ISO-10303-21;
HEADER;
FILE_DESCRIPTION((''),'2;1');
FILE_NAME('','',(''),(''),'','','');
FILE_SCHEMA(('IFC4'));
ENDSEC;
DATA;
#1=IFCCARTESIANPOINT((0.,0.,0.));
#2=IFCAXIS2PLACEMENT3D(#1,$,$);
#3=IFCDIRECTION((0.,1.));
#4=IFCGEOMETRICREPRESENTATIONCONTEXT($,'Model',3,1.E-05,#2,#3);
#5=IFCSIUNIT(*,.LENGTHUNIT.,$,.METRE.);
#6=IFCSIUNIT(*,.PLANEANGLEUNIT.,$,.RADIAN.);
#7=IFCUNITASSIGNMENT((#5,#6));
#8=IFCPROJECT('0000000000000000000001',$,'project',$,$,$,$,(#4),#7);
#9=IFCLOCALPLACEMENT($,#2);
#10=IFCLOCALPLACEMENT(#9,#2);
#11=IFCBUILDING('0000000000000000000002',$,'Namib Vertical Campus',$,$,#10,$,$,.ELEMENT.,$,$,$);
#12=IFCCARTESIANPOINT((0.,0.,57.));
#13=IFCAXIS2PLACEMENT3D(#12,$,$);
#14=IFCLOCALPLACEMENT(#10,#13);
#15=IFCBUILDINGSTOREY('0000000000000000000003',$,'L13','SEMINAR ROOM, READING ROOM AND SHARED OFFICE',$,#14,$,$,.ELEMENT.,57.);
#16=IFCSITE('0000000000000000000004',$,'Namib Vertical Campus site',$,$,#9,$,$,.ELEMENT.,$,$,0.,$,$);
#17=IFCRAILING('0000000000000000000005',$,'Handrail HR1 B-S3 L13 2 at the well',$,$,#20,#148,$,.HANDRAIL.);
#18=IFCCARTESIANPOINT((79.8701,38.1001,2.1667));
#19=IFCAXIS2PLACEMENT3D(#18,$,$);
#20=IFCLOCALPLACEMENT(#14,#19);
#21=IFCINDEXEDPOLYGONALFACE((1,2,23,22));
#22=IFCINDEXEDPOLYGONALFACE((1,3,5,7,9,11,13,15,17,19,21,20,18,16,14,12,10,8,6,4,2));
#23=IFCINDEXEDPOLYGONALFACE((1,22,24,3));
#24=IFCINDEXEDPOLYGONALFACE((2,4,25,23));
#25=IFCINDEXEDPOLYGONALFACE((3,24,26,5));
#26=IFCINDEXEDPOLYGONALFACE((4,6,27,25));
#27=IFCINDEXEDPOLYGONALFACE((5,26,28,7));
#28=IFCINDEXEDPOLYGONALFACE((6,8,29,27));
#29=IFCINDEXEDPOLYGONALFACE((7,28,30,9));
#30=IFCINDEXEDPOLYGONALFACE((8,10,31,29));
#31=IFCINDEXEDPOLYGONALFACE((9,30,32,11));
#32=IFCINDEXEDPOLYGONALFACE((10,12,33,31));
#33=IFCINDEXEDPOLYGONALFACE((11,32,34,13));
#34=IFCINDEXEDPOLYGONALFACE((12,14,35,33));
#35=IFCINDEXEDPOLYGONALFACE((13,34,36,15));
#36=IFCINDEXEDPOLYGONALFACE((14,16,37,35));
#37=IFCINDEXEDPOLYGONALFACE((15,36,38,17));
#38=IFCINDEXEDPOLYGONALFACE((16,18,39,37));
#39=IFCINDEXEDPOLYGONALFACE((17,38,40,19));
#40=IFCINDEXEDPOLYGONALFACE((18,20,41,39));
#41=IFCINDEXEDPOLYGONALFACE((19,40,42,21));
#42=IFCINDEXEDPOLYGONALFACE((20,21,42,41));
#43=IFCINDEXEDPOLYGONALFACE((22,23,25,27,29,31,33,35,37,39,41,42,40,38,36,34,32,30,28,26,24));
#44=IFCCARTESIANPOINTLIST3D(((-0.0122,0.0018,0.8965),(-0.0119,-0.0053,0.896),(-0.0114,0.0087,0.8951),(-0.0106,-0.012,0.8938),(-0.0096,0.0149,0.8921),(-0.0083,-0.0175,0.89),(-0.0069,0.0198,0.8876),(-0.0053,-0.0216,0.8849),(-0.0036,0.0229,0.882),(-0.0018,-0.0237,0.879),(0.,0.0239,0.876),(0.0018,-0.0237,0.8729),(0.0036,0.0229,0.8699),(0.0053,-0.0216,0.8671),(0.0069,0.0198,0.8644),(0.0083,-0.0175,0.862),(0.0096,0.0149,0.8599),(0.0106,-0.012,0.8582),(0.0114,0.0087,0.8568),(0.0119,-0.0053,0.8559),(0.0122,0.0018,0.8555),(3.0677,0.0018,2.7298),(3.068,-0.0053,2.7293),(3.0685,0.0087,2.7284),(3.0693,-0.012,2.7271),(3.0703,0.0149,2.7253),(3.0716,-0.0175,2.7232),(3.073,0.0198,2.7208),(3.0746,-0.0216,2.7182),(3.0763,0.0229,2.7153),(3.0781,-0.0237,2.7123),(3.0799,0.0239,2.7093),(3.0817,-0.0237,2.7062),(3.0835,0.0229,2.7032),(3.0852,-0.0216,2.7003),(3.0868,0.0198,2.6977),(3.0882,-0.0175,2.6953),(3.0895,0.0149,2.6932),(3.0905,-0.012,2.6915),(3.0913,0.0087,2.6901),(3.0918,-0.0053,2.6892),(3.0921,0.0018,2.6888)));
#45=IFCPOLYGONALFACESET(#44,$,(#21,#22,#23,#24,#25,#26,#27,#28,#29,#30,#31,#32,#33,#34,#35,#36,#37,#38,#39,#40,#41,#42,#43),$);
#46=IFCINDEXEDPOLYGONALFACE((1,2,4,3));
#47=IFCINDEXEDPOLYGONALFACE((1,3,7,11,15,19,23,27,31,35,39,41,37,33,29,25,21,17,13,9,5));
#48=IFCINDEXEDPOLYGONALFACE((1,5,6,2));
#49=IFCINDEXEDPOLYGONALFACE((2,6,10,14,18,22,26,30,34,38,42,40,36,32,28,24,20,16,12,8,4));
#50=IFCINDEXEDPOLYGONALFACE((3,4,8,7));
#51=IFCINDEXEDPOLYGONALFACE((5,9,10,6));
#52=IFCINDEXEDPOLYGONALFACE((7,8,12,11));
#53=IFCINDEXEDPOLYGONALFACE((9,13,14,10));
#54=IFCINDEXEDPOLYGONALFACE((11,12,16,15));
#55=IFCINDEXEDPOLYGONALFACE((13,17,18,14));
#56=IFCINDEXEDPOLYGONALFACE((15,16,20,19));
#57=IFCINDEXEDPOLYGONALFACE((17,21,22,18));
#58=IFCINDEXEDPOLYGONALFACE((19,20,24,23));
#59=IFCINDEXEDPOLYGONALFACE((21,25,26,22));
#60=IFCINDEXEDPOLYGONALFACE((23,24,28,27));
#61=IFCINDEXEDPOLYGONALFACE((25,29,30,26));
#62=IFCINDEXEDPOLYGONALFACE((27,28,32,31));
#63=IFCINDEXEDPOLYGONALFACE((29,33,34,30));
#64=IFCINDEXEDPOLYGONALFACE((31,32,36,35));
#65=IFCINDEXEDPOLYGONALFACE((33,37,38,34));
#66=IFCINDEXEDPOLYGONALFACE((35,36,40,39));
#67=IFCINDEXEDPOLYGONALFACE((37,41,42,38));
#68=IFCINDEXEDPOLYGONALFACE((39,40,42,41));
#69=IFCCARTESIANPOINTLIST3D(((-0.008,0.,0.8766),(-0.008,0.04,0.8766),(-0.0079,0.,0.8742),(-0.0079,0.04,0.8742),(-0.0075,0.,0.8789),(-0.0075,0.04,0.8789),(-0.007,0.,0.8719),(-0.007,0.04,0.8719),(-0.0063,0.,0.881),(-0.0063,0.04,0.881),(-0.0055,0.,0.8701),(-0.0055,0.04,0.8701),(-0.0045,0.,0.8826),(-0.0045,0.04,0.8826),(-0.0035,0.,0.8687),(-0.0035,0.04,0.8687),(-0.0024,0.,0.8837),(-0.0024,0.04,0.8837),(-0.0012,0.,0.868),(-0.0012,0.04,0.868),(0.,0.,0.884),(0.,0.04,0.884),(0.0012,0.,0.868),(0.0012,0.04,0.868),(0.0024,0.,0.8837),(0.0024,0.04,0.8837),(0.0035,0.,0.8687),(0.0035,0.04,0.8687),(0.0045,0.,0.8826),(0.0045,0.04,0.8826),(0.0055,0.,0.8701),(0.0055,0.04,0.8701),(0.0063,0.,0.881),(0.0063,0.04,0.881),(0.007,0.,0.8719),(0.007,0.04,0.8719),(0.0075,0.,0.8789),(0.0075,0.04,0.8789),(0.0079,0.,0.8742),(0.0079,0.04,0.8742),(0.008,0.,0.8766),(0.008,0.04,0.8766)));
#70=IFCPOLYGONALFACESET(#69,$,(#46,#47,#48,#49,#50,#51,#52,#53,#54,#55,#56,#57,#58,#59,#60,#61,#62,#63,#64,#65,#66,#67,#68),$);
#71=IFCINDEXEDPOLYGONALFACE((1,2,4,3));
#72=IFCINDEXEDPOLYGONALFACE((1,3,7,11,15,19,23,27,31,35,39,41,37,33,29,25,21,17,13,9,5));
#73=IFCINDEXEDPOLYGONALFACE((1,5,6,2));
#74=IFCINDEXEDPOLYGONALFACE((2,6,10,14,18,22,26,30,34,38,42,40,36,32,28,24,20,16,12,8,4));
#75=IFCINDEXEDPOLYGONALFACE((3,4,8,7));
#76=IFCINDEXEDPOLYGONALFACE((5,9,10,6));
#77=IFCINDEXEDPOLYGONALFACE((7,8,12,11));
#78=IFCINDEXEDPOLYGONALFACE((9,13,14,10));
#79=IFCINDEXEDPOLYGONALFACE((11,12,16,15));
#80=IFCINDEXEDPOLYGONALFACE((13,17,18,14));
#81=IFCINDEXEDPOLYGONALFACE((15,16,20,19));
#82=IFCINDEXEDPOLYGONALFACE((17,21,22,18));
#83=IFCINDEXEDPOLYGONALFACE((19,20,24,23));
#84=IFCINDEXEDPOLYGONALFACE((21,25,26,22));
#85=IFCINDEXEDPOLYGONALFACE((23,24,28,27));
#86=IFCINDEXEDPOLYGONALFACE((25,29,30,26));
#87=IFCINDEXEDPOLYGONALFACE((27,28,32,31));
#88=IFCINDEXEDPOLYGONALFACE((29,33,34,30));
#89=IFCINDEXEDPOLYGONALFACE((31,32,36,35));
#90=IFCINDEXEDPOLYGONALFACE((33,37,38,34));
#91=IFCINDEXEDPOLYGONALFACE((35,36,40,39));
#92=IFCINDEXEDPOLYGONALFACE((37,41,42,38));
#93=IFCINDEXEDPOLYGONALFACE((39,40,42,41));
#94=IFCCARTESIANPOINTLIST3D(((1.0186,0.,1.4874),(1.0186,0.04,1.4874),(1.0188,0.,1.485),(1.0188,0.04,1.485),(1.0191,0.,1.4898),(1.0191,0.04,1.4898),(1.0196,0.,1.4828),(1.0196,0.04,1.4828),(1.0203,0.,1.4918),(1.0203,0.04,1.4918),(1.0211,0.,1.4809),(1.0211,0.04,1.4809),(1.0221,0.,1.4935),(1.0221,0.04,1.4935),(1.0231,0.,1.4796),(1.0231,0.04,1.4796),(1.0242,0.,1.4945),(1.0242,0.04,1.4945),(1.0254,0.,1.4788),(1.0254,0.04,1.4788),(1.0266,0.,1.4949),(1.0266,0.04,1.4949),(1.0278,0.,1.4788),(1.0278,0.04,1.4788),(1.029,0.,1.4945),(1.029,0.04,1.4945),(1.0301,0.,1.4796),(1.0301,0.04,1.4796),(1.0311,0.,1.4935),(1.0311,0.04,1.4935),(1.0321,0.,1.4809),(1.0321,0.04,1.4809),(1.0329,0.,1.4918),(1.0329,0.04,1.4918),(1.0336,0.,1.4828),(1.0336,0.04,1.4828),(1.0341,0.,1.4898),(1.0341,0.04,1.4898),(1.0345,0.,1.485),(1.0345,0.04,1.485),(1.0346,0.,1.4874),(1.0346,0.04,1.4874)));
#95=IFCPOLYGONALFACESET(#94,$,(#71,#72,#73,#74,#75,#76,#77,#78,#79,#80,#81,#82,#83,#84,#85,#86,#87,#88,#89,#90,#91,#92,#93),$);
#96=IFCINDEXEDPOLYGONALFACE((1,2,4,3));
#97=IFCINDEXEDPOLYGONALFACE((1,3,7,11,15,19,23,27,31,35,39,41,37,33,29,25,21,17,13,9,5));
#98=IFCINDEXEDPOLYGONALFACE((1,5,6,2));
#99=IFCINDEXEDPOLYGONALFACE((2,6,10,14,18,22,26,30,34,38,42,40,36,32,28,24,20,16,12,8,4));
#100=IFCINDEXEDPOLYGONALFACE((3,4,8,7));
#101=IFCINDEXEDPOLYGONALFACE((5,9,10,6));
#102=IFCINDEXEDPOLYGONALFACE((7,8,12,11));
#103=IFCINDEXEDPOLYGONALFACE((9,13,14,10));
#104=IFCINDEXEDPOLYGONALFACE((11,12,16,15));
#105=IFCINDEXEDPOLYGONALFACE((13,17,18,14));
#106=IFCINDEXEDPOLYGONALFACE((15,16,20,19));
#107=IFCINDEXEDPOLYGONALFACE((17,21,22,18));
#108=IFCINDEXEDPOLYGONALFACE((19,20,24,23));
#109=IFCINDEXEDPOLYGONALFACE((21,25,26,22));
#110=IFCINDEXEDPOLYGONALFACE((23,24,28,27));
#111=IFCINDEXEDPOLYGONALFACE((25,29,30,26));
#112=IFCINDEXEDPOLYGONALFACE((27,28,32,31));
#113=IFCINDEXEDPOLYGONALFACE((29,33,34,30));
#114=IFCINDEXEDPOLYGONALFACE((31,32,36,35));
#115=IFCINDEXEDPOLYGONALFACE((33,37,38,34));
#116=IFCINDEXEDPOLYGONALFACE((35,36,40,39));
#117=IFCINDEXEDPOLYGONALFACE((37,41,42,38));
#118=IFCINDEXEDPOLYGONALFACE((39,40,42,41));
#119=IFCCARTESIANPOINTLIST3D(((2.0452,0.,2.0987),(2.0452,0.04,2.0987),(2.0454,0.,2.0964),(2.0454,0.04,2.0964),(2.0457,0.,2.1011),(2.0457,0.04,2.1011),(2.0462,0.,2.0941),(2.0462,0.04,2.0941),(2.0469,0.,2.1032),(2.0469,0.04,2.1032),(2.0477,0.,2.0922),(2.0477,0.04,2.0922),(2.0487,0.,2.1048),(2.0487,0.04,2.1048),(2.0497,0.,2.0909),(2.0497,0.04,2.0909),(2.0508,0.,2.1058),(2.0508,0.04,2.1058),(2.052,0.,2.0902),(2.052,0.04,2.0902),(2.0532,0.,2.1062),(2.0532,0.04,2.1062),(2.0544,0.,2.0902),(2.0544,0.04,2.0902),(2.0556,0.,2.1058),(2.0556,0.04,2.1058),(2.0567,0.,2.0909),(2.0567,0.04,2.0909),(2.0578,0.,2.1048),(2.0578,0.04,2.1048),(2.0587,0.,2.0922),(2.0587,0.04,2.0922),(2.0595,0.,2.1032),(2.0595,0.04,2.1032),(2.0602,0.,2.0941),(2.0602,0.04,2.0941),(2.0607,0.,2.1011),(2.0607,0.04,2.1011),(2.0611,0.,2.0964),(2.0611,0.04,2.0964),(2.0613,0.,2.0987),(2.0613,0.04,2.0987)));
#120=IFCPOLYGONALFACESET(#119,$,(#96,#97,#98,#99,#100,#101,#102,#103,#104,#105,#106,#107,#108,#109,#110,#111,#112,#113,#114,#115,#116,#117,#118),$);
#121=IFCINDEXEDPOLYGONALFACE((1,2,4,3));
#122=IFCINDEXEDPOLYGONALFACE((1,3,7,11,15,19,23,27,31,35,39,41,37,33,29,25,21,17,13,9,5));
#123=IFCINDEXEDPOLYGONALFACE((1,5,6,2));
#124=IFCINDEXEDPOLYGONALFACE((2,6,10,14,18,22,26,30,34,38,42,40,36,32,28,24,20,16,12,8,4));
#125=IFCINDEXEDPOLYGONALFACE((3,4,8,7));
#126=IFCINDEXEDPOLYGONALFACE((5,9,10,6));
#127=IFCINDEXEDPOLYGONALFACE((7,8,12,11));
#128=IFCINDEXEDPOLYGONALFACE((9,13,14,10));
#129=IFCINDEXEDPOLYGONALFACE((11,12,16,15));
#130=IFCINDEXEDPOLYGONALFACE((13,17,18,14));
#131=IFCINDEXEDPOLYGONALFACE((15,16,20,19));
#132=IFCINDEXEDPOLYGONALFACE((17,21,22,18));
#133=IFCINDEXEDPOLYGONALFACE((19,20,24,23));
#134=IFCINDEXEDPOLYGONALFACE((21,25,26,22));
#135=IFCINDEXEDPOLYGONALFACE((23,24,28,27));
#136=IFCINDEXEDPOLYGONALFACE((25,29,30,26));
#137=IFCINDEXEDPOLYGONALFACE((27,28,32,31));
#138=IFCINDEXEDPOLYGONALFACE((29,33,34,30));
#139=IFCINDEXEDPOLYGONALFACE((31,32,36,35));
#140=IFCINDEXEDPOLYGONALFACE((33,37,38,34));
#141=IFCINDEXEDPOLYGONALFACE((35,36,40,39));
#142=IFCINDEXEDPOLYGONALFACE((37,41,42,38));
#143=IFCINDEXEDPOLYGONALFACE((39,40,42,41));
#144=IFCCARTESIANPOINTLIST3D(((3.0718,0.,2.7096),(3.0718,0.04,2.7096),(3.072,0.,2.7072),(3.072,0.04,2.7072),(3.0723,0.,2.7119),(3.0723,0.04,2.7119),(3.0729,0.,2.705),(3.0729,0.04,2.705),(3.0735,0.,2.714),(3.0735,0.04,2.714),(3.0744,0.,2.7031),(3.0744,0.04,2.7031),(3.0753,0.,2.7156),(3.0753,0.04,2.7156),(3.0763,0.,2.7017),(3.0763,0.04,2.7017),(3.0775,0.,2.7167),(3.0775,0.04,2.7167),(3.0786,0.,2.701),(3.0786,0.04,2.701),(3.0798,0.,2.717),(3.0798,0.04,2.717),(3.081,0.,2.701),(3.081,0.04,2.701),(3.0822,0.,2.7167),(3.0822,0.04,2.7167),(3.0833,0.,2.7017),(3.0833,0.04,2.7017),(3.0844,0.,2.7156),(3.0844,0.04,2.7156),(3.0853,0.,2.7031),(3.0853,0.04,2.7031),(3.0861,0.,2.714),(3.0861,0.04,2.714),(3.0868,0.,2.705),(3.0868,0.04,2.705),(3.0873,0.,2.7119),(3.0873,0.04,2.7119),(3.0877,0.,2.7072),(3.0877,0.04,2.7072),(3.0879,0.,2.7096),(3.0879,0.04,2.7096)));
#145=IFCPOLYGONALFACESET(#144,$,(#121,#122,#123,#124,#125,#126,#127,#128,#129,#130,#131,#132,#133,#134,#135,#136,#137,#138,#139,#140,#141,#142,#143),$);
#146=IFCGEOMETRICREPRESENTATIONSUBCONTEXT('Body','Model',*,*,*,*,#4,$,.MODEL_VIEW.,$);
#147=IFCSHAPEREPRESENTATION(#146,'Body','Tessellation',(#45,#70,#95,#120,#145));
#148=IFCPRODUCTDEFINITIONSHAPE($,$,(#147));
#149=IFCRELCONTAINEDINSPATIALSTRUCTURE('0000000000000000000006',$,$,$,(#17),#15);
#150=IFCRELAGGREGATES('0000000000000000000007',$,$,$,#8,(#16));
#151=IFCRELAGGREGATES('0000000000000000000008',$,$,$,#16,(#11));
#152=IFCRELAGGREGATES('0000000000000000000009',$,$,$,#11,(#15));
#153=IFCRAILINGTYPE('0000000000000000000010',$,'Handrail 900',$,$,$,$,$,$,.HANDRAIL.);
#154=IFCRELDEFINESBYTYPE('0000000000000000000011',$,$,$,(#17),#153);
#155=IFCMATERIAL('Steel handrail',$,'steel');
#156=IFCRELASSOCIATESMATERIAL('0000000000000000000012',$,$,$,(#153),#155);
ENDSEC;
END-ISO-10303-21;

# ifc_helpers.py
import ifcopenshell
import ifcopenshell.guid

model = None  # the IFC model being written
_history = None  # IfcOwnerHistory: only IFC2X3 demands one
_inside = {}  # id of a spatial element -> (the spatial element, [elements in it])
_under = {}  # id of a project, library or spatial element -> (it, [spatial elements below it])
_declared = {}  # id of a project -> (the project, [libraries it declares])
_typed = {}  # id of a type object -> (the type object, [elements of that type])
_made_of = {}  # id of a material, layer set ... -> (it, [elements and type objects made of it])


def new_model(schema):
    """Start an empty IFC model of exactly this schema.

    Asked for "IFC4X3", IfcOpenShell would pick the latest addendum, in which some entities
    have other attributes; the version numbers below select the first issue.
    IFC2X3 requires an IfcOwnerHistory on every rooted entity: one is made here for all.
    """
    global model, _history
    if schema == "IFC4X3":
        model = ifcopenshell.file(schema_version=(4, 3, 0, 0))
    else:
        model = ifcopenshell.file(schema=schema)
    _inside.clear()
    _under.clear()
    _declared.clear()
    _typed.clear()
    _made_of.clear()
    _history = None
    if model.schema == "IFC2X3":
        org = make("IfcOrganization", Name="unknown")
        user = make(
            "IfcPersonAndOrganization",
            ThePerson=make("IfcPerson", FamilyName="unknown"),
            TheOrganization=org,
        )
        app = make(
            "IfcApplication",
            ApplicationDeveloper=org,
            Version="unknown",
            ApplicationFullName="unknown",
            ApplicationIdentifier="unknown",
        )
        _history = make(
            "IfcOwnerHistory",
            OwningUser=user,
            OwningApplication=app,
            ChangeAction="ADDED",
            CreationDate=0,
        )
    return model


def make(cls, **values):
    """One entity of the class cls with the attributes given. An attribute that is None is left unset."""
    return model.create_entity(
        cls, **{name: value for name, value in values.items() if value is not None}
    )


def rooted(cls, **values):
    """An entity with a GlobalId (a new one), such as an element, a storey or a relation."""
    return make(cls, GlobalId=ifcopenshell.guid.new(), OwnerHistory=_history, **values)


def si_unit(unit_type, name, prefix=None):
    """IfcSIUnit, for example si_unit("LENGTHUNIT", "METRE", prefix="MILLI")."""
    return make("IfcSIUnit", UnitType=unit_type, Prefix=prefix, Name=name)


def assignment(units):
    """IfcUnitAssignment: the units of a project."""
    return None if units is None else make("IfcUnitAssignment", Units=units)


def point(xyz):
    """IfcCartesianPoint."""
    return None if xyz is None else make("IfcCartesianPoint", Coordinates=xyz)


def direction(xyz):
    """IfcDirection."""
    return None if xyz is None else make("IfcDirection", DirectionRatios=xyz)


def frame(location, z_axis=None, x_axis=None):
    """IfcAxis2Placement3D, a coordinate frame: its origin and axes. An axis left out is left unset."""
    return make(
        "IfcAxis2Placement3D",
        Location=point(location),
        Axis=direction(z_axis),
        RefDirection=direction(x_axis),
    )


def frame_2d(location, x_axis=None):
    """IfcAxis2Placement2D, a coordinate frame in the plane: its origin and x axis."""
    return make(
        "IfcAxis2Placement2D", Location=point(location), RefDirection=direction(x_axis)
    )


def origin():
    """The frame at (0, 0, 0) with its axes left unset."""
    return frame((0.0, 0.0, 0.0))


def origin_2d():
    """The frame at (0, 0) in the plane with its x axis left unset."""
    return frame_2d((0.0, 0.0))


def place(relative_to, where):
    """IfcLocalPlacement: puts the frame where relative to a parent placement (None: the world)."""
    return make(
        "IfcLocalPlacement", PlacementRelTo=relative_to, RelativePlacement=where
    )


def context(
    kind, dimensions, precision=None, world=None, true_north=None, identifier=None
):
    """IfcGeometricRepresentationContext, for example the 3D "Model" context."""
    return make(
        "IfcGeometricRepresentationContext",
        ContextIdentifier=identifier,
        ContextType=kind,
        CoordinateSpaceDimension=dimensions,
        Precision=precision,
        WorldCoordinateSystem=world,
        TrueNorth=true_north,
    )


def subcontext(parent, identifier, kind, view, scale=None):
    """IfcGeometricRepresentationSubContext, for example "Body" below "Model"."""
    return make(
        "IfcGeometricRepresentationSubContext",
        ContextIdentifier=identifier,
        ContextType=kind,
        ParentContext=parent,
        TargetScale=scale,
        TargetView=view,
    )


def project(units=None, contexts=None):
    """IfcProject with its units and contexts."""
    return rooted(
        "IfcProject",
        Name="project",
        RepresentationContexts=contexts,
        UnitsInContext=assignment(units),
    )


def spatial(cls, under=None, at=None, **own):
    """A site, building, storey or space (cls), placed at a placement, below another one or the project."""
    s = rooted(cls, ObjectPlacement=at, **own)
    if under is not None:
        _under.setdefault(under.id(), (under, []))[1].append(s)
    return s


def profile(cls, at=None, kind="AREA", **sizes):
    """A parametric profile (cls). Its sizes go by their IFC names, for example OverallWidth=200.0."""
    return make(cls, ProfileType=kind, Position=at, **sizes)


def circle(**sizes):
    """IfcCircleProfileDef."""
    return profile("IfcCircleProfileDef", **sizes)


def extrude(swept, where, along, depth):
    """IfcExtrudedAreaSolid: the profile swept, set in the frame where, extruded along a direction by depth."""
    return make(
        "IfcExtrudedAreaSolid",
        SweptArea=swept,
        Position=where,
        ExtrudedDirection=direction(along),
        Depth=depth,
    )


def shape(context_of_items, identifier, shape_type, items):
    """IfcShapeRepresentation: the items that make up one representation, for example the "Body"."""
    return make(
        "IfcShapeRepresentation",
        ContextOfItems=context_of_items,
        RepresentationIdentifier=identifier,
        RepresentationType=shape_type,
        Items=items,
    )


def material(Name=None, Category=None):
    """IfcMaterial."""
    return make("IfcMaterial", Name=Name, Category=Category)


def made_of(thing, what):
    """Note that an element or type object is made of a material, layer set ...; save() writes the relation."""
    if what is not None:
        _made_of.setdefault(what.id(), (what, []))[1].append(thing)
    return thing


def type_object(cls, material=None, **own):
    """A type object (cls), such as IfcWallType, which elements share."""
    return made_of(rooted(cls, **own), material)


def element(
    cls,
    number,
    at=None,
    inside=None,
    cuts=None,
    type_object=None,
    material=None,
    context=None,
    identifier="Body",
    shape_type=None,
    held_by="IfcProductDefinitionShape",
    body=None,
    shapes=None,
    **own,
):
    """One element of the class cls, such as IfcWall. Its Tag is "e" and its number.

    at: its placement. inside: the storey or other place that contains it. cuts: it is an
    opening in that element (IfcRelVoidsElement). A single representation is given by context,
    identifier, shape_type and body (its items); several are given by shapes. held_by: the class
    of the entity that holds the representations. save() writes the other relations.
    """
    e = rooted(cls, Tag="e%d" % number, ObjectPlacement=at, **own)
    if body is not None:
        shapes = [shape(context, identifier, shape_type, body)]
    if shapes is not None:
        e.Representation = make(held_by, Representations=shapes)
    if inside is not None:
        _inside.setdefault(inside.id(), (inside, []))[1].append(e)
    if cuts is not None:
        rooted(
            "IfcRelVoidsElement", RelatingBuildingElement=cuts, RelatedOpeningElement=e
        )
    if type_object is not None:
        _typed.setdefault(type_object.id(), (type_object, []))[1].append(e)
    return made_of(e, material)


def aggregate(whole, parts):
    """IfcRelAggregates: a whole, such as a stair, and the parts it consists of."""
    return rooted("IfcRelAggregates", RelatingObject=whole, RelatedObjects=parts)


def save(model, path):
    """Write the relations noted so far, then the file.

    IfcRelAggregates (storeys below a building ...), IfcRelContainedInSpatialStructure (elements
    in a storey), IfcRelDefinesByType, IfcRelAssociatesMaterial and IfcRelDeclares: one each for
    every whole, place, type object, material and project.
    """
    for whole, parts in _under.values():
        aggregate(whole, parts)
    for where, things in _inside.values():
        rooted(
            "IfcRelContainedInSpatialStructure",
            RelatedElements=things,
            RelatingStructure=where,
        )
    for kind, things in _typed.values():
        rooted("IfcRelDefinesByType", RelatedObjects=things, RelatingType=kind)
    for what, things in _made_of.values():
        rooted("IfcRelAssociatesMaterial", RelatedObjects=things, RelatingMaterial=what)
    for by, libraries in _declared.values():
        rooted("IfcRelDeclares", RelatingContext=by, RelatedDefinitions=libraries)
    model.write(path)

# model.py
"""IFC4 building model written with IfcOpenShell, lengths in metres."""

from ifc_helpers import new_model, si_unit, direction, frame, origin, origin_2d, place, context, subcontext, project, spatial, circle, extrude, material, type_object, element, save


model = new_model("IFC4")

# Units and contexts
model_context = context("Model", 3, precision=1e-05, world=origin(), true_north=direction((0.0, 1.0)))
body_context = subcontext(model_context, "Body", "Model", "MODEL_VIEW")
ifc_project = project(units=[si_unit("LENGTHUNIT", "METRE"), si_unit("PLANEANGLEUNIT", "RADIAN")], contexts=[model_context])

# Site, building, storey
site_placement = place(None, origin())
site = spatial("IfcSite", under=ifc_project, at=site_placement, Name="Namib Vertical Campus site", CompositionType="ELEMENT", RefElevation=0.0)
building_placement = place(site_placement, origin())
building = spatial("IfcBuilding", under=site, at=building_placement, Name="Namib Vertical Campus", CompositionType="ELEMENT")
storey_placement = place(building_placement, frame((0.0, 0.0, 57.0)))
storey = spatial("IfcBuildingStorey", under=building, at=storey_placement, Name="L13", Description="SEMINAR ROOM, READING ROOM AND SHARED OFFICE", CompositionType="ELEMENT", Elevation=57.0)

# Railing
ifc_material_1 = material(Name="Steel handrail", Category="steel")
railing_type_1 = type_object("IfcRailingType", Name="Handrail 900", PredefinedType="HANDRAIL", material=ifc_material_1)
railing_1_placement = place(storey_placement, frame((79.8701, 38.1001, 2.1667)))
element("IfcRailing", 1, at=railing_1_placement, inside=storey, type_object=railing_type_1, Name="Handrail HR1 B-S3 L13 2 at the well", PredefinedType="HANDRAIL", context=body_context, shape_type="SweptSolid", body=[
    extrude(circle(Radius=0.0239, at=origin_2d()), frame((0.0, 0.0, 0.876), z_axis=(0.859291, 0.0, 0.511487), x_axis=(0.0, 1.0, 0.0)), (0.0, 0.0, 1.0), 3.5842),
    extrude(circle(Radius=0.0081, at=origin_2d()), frame((0.0, 0.0, 0.876), z_axis=(0.0, 1.0, 0.0), x_axis=(0.0, 0.0, 1.0)), (0.0, 0.0, 1.0), 0.04),
    extrude(circle(Radius=0.0081, at=origin_2d()), frame((1.0266, 0.0, 1.4868), z_axis=(0.0, 1.0, 0.0), x_axis=(0.0, 0.0, 1.0)), (0.0, 0.0, 1.0), 0.04),
    extrude(circle(Radius=0.0081, at=origin_2d()), frame((2.0532, 0.0, 2.0981), z_axis=(0.0, 1.0, 0.0), x_axis=(0.0, 0.0, 1.0)), (0.0, 0.0, 1.0), 0.04),
    extrude(circle(Radius=0.0081, at=origin_2d()), frame((3.0798, 0.0, 2.709), z_axis=(0.0, 1.0, 0.0), x_axis=(0.0, 0.0, 1.0)), (0.0, 0.0, 1.0), 0.04),
])

save(model, "model.ifc")
